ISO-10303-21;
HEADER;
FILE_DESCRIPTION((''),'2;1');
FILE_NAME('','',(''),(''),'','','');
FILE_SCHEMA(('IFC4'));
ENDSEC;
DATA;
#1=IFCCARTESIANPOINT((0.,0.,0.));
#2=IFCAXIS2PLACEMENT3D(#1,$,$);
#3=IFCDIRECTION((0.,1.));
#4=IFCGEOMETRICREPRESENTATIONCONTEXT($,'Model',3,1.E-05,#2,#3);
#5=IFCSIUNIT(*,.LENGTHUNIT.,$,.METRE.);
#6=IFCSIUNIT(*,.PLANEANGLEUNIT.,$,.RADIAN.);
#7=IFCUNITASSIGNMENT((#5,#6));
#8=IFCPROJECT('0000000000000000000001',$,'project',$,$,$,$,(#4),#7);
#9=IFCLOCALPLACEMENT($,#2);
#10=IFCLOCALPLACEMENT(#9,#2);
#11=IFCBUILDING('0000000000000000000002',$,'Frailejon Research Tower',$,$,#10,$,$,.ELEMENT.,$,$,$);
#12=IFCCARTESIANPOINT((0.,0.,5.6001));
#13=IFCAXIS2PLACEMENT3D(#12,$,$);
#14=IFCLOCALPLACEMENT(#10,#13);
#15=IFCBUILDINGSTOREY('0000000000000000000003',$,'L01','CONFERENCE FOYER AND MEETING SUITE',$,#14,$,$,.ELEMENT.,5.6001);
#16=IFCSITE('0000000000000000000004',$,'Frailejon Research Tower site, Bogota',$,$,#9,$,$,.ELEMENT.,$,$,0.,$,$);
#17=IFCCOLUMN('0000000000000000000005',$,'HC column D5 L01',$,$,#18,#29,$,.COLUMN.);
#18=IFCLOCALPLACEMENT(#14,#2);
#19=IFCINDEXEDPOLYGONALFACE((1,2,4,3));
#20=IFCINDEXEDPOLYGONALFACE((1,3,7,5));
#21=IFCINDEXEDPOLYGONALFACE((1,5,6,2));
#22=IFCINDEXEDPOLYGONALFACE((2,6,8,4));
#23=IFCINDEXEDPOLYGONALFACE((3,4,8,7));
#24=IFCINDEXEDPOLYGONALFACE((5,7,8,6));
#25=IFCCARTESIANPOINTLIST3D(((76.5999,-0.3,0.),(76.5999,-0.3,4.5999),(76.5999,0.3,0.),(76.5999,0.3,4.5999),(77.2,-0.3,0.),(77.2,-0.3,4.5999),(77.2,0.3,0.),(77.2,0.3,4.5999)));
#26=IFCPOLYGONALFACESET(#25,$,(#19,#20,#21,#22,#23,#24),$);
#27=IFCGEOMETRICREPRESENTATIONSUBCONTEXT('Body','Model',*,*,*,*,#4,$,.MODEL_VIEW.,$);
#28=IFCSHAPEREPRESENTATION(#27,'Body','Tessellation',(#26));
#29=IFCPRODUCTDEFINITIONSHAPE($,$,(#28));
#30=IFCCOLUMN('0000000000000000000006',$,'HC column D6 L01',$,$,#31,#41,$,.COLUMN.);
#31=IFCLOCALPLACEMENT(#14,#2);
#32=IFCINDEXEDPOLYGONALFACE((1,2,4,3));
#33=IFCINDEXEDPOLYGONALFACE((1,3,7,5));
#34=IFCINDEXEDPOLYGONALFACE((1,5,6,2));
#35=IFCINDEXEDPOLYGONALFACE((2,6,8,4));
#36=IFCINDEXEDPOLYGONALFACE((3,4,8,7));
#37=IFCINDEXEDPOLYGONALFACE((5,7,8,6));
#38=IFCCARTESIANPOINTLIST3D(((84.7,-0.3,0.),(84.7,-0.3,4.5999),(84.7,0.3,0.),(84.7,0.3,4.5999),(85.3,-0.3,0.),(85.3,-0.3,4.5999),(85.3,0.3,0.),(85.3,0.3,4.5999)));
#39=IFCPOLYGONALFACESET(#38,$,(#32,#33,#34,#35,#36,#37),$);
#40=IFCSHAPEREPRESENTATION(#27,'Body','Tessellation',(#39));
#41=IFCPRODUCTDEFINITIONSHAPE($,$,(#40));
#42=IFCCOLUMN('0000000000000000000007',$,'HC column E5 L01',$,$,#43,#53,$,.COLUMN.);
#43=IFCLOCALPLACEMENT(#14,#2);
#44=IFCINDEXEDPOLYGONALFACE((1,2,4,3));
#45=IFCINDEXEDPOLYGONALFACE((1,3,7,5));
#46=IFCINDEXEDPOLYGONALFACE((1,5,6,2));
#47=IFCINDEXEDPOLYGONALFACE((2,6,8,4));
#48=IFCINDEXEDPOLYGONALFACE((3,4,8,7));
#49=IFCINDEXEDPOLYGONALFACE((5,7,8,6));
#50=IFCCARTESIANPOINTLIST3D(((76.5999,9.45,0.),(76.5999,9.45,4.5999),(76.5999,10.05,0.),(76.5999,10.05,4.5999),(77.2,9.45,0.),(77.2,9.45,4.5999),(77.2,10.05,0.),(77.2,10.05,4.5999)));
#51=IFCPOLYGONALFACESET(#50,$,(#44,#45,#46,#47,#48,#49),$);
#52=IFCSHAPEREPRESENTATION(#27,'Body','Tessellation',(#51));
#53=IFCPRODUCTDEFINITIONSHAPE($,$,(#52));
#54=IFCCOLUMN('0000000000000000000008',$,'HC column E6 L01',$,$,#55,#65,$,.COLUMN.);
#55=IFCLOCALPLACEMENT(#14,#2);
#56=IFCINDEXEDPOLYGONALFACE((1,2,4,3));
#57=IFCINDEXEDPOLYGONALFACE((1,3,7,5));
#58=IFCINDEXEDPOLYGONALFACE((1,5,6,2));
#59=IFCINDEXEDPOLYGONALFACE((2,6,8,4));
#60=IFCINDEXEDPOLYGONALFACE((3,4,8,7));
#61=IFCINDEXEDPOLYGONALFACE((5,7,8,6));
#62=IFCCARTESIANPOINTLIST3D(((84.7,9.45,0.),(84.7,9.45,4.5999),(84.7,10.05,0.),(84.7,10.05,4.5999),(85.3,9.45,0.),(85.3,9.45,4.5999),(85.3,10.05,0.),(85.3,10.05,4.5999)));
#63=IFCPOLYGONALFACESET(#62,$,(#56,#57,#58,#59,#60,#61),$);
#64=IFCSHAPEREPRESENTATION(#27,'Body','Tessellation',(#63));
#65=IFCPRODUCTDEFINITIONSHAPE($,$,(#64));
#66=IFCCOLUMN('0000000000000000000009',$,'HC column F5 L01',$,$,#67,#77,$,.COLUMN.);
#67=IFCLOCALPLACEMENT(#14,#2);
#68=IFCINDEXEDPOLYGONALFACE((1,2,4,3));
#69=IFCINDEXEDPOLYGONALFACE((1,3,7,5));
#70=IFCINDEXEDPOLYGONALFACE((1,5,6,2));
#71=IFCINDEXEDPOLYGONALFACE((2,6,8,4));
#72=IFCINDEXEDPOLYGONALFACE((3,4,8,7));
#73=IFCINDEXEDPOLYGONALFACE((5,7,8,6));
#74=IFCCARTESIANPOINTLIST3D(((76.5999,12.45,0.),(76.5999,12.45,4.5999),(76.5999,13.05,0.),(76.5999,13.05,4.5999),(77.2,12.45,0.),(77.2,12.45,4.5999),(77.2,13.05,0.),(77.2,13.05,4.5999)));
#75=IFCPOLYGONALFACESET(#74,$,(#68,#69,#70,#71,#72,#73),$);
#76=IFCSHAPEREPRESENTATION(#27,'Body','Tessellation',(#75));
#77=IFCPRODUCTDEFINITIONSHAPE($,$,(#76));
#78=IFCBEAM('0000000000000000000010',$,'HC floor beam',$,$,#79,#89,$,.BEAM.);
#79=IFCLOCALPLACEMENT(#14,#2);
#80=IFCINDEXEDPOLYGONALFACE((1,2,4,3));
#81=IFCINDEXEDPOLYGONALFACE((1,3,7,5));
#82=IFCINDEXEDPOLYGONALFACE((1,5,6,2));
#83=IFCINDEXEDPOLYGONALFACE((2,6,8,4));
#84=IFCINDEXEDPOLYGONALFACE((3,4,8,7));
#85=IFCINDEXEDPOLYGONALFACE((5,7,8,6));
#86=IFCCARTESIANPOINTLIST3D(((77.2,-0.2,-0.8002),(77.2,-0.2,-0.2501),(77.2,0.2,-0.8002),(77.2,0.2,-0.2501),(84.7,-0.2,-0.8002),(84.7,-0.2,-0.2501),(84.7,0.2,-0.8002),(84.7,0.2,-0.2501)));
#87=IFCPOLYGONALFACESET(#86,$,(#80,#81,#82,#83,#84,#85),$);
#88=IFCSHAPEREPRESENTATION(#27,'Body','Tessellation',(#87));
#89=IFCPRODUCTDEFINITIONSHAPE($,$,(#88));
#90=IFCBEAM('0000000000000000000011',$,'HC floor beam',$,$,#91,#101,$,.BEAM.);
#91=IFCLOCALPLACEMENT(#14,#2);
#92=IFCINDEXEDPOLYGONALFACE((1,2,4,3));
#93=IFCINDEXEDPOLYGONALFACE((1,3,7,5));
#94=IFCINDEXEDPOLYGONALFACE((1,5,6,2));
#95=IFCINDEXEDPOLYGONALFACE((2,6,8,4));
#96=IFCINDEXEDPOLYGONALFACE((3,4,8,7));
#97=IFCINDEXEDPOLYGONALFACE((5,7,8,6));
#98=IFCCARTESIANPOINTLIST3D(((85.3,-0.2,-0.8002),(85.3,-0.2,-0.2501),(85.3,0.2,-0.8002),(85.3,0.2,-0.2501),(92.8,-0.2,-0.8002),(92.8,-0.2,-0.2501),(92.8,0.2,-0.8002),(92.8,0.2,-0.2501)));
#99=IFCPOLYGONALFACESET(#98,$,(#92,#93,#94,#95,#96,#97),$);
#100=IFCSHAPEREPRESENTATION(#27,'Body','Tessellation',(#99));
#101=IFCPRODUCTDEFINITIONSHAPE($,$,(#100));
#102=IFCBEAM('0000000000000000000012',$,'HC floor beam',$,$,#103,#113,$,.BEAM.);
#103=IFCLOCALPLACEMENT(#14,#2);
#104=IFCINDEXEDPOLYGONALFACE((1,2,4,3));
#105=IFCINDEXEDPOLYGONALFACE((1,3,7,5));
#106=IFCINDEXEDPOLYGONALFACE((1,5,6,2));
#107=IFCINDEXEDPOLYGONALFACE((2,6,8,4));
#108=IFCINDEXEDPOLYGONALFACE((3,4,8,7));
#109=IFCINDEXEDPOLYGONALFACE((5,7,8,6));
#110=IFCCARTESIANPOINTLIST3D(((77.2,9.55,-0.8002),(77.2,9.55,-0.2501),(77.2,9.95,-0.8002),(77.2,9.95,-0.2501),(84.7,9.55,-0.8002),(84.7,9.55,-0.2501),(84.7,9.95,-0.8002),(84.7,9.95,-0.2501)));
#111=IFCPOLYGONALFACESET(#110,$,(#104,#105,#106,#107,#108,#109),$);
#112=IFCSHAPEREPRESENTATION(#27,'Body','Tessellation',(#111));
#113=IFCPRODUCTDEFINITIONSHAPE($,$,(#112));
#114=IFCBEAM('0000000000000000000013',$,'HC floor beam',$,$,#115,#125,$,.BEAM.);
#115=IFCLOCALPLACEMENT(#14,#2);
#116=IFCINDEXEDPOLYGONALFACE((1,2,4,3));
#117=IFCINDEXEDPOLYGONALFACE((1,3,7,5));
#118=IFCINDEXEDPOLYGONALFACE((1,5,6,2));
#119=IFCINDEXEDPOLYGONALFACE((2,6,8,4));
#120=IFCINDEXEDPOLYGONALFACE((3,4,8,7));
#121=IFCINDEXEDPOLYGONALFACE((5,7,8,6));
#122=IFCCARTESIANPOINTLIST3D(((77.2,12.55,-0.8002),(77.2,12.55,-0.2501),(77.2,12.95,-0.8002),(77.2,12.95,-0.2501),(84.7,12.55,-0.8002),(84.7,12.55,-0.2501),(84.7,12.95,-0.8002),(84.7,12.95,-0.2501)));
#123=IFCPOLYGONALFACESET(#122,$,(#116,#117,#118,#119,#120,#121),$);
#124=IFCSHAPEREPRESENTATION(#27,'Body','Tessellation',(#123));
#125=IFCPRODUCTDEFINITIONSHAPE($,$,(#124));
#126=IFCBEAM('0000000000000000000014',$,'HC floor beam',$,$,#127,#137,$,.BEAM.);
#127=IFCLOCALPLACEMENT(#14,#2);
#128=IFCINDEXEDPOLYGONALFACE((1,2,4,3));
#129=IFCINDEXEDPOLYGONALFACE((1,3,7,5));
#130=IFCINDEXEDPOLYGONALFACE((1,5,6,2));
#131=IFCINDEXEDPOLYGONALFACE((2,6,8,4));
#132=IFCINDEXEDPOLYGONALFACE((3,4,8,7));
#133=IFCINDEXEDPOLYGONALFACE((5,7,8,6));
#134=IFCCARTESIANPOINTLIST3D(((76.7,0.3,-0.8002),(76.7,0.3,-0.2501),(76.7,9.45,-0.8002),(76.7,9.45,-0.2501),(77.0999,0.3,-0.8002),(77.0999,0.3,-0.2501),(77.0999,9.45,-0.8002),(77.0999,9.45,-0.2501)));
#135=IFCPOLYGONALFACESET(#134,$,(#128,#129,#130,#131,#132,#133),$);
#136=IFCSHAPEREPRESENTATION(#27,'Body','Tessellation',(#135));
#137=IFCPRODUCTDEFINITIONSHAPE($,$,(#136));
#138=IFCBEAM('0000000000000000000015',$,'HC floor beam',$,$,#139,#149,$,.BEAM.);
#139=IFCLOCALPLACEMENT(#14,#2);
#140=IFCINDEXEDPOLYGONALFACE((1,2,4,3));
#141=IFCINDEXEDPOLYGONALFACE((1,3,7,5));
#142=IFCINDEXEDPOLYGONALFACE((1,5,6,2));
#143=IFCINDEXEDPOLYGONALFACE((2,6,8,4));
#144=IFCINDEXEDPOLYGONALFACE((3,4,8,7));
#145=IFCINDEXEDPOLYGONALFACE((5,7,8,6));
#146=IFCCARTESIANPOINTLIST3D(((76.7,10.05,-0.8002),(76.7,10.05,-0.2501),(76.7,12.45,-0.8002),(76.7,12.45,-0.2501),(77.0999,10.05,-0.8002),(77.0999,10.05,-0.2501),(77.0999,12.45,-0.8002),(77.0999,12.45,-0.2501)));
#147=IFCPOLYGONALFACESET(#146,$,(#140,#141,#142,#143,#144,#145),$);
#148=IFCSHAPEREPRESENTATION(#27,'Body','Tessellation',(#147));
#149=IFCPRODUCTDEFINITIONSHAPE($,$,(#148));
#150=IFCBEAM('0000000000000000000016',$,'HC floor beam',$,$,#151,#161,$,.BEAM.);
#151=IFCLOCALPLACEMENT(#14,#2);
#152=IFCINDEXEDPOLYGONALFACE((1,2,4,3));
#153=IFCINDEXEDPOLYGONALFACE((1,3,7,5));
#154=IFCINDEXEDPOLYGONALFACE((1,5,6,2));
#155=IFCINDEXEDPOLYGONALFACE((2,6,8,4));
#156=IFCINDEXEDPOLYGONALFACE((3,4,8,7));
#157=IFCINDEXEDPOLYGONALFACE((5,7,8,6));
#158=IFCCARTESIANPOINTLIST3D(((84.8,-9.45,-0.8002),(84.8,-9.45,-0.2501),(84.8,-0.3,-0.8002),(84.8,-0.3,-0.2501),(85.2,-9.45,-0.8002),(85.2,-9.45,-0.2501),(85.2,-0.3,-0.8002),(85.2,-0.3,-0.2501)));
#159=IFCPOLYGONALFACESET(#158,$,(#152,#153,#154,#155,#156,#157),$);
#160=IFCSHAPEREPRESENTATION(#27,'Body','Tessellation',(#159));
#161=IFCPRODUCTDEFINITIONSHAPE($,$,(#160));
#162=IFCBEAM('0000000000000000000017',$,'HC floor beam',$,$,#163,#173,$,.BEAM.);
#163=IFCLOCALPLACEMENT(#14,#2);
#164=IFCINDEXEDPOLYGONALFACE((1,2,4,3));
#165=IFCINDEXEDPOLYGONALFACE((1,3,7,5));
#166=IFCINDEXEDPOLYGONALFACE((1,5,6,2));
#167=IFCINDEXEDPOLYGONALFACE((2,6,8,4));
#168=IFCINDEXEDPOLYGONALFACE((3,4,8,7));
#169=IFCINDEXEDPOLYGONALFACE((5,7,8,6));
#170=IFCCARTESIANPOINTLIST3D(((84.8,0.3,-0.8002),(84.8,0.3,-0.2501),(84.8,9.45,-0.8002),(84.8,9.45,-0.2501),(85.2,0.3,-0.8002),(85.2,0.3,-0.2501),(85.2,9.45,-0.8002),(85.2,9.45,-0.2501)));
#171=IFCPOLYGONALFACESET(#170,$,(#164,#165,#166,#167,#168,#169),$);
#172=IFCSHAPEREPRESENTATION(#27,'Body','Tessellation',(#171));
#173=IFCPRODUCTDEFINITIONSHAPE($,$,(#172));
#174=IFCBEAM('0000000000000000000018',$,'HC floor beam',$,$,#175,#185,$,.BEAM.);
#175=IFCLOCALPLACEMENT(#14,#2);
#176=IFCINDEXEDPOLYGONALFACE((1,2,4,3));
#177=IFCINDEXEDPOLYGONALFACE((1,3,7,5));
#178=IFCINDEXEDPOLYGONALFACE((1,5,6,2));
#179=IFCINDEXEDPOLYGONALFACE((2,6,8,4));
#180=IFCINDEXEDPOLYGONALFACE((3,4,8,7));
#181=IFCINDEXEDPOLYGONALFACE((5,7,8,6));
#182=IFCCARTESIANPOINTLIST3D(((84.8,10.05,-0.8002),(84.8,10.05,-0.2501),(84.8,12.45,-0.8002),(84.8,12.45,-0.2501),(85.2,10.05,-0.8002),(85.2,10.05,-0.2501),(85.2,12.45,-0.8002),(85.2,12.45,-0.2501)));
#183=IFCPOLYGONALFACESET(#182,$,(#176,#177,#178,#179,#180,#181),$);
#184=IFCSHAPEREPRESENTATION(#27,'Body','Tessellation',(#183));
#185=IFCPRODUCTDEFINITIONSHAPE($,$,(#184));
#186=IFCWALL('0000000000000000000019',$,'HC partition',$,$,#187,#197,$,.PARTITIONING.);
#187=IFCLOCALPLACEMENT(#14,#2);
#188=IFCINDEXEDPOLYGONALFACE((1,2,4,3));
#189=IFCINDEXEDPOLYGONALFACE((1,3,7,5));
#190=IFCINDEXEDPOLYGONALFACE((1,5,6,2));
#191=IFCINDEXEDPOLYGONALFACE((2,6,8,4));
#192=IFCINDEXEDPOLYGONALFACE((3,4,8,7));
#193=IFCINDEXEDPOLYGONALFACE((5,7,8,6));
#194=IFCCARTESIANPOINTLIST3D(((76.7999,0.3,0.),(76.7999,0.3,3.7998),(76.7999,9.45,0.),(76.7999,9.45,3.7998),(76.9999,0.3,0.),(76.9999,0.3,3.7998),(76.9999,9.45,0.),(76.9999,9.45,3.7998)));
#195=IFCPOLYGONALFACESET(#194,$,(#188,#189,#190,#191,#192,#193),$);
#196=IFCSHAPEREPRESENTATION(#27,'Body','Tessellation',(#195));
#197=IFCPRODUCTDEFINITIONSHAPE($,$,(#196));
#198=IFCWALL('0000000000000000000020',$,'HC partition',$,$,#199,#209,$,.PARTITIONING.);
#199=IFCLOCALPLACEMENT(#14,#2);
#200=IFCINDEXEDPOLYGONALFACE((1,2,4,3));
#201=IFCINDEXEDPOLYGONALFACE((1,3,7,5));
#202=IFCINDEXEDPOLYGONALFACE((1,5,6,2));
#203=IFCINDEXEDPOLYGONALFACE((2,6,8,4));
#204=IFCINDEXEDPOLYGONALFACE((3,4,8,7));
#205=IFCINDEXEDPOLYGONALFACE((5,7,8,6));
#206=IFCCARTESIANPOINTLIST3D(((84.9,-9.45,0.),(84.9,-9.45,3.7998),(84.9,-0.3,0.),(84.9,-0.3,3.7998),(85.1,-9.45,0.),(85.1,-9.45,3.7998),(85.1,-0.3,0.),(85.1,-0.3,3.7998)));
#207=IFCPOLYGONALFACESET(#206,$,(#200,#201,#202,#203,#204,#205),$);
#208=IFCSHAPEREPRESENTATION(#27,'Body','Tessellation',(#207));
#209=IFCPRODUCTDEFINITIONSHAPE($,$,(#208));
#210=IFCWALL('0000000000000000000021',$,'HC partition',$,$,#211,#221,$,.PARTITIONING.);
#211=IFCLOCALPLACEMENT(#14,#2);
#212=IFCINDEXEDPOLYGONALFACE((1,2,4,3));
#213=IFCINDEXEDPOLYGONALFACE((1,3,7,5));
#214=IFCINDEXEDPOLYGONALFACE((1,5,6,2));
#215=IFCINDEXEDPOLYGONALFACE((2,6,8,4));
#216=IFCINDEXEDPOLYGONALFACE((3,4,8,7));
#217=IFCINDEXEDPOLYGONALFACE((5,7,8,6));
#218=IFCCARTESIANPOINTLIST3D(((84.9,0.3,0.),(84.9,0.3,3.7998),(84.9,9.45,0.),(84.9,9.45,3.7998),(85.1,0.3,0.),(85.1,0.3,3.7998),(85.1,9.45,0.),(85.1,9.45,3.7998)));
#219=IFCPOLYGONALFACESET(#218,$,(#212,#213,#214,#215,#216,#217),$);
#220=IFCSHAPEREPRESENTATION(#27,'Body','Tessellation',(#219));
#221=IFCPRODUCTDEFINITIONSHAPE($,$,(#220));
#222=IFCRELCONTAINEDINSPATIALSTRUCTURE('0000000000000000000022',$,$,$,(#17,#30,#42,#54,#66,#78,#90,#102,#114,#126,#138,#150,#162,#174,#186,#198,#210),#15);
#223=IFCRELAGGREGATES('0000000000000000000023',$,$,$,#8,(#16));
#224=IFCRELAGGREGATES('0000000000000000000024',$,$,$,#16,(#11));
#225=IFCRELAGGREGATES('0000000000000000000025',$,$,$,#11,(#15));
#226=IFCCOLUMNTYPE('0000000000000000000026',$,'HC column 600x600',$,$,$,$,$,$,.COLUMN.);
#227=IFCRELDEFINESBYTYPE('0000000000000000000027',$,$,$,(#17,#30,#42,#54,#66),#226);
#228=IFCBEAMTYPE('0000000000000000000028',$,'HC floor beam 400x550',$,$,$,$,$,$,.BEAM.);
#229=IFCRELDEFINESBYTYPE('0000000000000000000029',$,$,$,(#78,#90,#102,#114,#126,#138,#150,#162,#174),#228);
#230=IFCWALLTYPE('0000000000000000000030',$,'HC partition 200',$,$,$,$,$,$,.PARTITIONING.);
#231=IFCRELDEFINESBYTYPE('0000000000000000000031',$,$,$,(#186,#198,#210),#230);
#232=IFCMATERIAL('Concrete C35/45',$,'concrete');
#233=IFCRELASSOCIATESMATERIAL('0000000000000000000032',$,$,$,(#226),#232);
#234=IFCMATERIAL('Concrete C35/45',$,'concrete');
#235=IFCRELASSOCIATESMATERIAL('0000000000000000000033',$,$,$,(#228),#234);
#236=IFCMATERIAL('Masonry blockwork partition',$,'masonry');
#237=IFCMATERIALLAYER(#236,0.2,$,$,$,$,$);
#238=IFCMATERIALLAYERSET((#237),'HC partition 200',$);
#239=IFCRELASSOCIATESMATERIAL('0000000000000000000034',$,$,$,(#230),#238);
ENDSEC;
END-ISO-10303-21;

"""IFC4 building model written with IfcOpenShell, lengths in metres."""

from ifc_helpers import new_model, si_unit, direction, frame, frame_2d, origin, origin_2d, place, context, subcontext, project, spatial, rectangle, extrude, material, layer, layer_set, material_profile, profile_set, type_object, element, save


model = new_model("IFC4")

# Units and contexts
model_context = context("Model", 3, precision=1e-05, world=origin(), true_north=direction((0.0, 1.0)))
body_context = subcontext(model_context, "Body", "Model", "MODEL_VIEW")
ifc_project = project(units=[si_unit("LENGTHUNIT", "METRE"), si_unit("PLANEANGLEUNIT", "RADIAN")], contexts=[model_context])

# Site, building, storey
site_placement = place(None, origin())
site = spatial("IfcSite", under=ifc_project, at=site_placement, Name="Frailejon Research Tower site, Bogota", CompositionType="ELEMENT", RefElevation=0.0)
building_placement = place(site_placement, origin())
building = spatial("IfcBuilding", under=site, at=building_placement, Name="Frailejon Research Tower", CompositionType="ELEMENT")
storey_placement = place(building_placement, frame((0.0, 0.0, 5.6001)))
storey = spatial("IfcBuildingStorey", under=building, at=storey_placement, Name="L01", Description="CONFERENCE FOYER AND MEETING SUITE", CompositionType="ELEMENT", Elevation=5.6001)

# Columns
ifc_material_1 = material(Name="Concrete C35/45", Category="concrete")
ifc_material_profile_1 = material_profile(ifc_material_1, rectangle(XDim=0.6001, YDim=0.6001, at=origin_2d()), Name="HC column 600x600")
ifc_profile_set_1 = profile_set([ifc_material_profile_1], Name="Concrete C35/45")
column_type = type_object("IfcColumnType", Name="HC column 600x600", PredefinedType="COLUMN", material=ifc_profile_set_1)
for number, where, z_axis, x_axis, name in (
    (1, (76.8999, 0.0, 0.0), (0.0, 0.0, 1.0), (1.0, 0.0, 0.0), "HC column D5 L01"),
    (2, (85.0, 0.0, 0.0), (0.0, 0.0, 1.0), (1.0, 0.0, 0.0), "HC column D6 L01"),
    (3, (76.8999, 9.75, 0.0), (0.0, 0.0, 1.0), (1.0, 0.0, 0.0), "HC column E5 L01"),
    (4, (85.0, 9.75, 0.0), (0.0, 0.0, 1.0), (1.0, 0.0, 0.0), "HC column E6 L01"),
    (5, (76.8999, 12.75, 0.0), (0.0, 0.0, 1.0), (1.0, 0.0, 0.0), "HC column F5 L01"),
):
    element("IfcColumn", number, at=place(storey_placement, frame(where, z_axis=z_axis, x_axis=x_axis)), inside=storey, type_object=column_type, Name=name, PredefinedType="COLUMN", context=body_context, shape_type="SweptSolid", body=[
        extrude(rectangle(XDim=0.6001, YDim=0.6001, at=origin_2d()), origin(), (0.0, 0.0, 1.0), 4.5999),
    ])

# Beams
ifc_material_2 = material(Name="Concrete C35/45", Category="concrete")
ifc_material_profile_2 = material_profile(ifc_material_2, rectangle(XDim=0.3999, YDim=0.55, at=origin_2d()), Name="HC floor beam 400x550")
ifc_profile_set_2 = profile_set([ifc_material_profile_2], Name="Concrete C35/45")
beam_type = type_object("IfcBeamType", Name="HC floor beam 400x550", PredefinedType="BEAM", material=ifc_profile_set_2)
for number, where, z_axis, x_axis, name in (
    (6, (77.2, 0.0, -0.5251), (1.0, 0.0, 0.0), (0.0, 1.0, 0.0), "HC floor beam"),
    (7, (85.3, 0.0, -0.5251), (1.0, 0.0, 0.0), (0.0, 1.0, 0.0), "HC floor beam"),
    (8, (77.2, 9.75, -0.5251), (1.0, 0.0, 0.0), (0.0, 1.0, 0.0), "HC floor beam"),
    (9, (77.2, 12.75, -0.5251), (1.0, 0.0, 0.0), (0.0, 1.0, 0.0), "HC floor beam"),
):
    element("IfcBeam", number, at=place(storey_placement, frame(where, z_axis=z_axis, x_axis=x_axis)), inside=storey, type_object=beam_type, Name=name, PredefinedType="BEAM", context=body_context, shape_type="SweptSolid", body=[
        extrude(rectangle(XDim=0.3999, YDim=0.55, at=origin_2d()), origin(), (0.0, 0.0, 1.0), 7.5),
    ])
beam_1_placement = place(storey_placement, frame((76.8999, 0.3, -0.5251), z_axis=(0.0, 1.0, 0.0), x_axis=(-1.0, 0.0, 0.0)))
element("IfcBeam", 10, at=beam_1_placement, inside=storey, type_object=beam_type, Name="HC floor beam", PredefinedType="BEAM", context=body_context, shape_type="SweptSolid", body=[
    extrude(rectangle(XDim=0.3999, YDim=0.55, at=origin_2d()), origin(), (0.0, 0.0, 1.0), 9.1499),
])
beam_2_placement = place(storey_placement, frame((76.8999, 10.05, -0.5251), z_axis=(0.0, 1.0, 0.0), x_axis=(-1.0, 0.0, 0.0)))
element("IfcBeam", 11, at=beam_2_placement, inside=storey, type_object=beam_type, Name="HC floor beam", PredefinedType="BEAM", context=body_context, shape_type="SweptSolid", body=[
    extrude(rectangle(XDim=0.3999, YDim=0.55, at=origin_2d()), origin(), (0.0, 0.0, 1.0), 2.3999),
])
for number, where, z_axis, x_axis, name in (
    (12, (85.0, -9.45, -0.5251), (0.0, 1.0, 0.0), (-1.0, 0.0, 0.0), "HC floor beam"),
    (13, (85.0, 0.3, -0.5251), (0.0, 1.0, 0.0), (-1.0, 0.0, 0.0), "HC floor beam"),
):
    element("IfcBeam", number, at=place(storey_placement, frame(where, z_axis=z_axis, x_axis=x_axis)), inside=storey, type_object=beam_type, Name=name, PredefinedType="BEAM", context=body_context, shape_type="SweptSolid", body=[
        extrude(rectangle(XDim=0.3999, YDim=0.55, at=origin_2d()), origin(), (0.0, 0.0, 1.0), 9.1499),
    ])
beam_3_placement = place(storey_placement, frame((85.0, 10.05, -0.5251), z_axis=(0.0, 1.0, 0.0), x_axis=(-1.0, 0.0, 0.0)))
element("IfcBeam", 14, at=beam_3_placement, inside=storey, type_object=beam_type, Name="HC floor beam", PredefinedType="BEAM", context=body_context, shape_type="SweptSolid", body=[
    extrude(rectangle(XDim=0.3999, YDim=0.55, at=origin_2d()), origin(), (0.0, 0.0, 1.0), 2.3999),
])

# Walls
ifc_material_3 = material(Name="Masonry blockwork partition", Category="masonry")
ifc_layer = layer(ifc_material_3, 0.2)
ifc_layer_set = layer_set([ifc_layer], Name="HC partition 200")
wall_type = type_object("IfcWallType", Name="HC partition 200", PredefinedType="PARTITIONING", material=ifc_layer_set)
for number, where, z_axis, x_axis, name in (
    (15, (76.8999, 0.3, 0.0), (0.0, 0.0, 1.0), (0.0, 1.0, 0.0), "HC partition"),
    (16, (85.0, -9.45, 0.0), (0.0, 0.0, 1.0), (0.0, 1.0, 0.0), "HC partition"),
    (17, (85.0, 0.3, 0.0), (0.0, 0.0, 1.0), (0.0, 1.0, 0.0), "HC partition"),
):
    element("IfcWall", number, at=place(storey_placement, frame(where, z_axis=z_axis, x_axis=x_axis)), inside=storey, type_object=wall_type, Name=name, PredefinedType="PARTITIONING", context=body_context, shape_type="SweptSolid", body=[
        extrude(rectangle(XDim=9.1499, YDim=0.2, at=frame_2d((4.575, 0.0))), origin(), (0.0, 0.0, 1.0), 3.7998),
    ])

save(model, "model.ifc")
